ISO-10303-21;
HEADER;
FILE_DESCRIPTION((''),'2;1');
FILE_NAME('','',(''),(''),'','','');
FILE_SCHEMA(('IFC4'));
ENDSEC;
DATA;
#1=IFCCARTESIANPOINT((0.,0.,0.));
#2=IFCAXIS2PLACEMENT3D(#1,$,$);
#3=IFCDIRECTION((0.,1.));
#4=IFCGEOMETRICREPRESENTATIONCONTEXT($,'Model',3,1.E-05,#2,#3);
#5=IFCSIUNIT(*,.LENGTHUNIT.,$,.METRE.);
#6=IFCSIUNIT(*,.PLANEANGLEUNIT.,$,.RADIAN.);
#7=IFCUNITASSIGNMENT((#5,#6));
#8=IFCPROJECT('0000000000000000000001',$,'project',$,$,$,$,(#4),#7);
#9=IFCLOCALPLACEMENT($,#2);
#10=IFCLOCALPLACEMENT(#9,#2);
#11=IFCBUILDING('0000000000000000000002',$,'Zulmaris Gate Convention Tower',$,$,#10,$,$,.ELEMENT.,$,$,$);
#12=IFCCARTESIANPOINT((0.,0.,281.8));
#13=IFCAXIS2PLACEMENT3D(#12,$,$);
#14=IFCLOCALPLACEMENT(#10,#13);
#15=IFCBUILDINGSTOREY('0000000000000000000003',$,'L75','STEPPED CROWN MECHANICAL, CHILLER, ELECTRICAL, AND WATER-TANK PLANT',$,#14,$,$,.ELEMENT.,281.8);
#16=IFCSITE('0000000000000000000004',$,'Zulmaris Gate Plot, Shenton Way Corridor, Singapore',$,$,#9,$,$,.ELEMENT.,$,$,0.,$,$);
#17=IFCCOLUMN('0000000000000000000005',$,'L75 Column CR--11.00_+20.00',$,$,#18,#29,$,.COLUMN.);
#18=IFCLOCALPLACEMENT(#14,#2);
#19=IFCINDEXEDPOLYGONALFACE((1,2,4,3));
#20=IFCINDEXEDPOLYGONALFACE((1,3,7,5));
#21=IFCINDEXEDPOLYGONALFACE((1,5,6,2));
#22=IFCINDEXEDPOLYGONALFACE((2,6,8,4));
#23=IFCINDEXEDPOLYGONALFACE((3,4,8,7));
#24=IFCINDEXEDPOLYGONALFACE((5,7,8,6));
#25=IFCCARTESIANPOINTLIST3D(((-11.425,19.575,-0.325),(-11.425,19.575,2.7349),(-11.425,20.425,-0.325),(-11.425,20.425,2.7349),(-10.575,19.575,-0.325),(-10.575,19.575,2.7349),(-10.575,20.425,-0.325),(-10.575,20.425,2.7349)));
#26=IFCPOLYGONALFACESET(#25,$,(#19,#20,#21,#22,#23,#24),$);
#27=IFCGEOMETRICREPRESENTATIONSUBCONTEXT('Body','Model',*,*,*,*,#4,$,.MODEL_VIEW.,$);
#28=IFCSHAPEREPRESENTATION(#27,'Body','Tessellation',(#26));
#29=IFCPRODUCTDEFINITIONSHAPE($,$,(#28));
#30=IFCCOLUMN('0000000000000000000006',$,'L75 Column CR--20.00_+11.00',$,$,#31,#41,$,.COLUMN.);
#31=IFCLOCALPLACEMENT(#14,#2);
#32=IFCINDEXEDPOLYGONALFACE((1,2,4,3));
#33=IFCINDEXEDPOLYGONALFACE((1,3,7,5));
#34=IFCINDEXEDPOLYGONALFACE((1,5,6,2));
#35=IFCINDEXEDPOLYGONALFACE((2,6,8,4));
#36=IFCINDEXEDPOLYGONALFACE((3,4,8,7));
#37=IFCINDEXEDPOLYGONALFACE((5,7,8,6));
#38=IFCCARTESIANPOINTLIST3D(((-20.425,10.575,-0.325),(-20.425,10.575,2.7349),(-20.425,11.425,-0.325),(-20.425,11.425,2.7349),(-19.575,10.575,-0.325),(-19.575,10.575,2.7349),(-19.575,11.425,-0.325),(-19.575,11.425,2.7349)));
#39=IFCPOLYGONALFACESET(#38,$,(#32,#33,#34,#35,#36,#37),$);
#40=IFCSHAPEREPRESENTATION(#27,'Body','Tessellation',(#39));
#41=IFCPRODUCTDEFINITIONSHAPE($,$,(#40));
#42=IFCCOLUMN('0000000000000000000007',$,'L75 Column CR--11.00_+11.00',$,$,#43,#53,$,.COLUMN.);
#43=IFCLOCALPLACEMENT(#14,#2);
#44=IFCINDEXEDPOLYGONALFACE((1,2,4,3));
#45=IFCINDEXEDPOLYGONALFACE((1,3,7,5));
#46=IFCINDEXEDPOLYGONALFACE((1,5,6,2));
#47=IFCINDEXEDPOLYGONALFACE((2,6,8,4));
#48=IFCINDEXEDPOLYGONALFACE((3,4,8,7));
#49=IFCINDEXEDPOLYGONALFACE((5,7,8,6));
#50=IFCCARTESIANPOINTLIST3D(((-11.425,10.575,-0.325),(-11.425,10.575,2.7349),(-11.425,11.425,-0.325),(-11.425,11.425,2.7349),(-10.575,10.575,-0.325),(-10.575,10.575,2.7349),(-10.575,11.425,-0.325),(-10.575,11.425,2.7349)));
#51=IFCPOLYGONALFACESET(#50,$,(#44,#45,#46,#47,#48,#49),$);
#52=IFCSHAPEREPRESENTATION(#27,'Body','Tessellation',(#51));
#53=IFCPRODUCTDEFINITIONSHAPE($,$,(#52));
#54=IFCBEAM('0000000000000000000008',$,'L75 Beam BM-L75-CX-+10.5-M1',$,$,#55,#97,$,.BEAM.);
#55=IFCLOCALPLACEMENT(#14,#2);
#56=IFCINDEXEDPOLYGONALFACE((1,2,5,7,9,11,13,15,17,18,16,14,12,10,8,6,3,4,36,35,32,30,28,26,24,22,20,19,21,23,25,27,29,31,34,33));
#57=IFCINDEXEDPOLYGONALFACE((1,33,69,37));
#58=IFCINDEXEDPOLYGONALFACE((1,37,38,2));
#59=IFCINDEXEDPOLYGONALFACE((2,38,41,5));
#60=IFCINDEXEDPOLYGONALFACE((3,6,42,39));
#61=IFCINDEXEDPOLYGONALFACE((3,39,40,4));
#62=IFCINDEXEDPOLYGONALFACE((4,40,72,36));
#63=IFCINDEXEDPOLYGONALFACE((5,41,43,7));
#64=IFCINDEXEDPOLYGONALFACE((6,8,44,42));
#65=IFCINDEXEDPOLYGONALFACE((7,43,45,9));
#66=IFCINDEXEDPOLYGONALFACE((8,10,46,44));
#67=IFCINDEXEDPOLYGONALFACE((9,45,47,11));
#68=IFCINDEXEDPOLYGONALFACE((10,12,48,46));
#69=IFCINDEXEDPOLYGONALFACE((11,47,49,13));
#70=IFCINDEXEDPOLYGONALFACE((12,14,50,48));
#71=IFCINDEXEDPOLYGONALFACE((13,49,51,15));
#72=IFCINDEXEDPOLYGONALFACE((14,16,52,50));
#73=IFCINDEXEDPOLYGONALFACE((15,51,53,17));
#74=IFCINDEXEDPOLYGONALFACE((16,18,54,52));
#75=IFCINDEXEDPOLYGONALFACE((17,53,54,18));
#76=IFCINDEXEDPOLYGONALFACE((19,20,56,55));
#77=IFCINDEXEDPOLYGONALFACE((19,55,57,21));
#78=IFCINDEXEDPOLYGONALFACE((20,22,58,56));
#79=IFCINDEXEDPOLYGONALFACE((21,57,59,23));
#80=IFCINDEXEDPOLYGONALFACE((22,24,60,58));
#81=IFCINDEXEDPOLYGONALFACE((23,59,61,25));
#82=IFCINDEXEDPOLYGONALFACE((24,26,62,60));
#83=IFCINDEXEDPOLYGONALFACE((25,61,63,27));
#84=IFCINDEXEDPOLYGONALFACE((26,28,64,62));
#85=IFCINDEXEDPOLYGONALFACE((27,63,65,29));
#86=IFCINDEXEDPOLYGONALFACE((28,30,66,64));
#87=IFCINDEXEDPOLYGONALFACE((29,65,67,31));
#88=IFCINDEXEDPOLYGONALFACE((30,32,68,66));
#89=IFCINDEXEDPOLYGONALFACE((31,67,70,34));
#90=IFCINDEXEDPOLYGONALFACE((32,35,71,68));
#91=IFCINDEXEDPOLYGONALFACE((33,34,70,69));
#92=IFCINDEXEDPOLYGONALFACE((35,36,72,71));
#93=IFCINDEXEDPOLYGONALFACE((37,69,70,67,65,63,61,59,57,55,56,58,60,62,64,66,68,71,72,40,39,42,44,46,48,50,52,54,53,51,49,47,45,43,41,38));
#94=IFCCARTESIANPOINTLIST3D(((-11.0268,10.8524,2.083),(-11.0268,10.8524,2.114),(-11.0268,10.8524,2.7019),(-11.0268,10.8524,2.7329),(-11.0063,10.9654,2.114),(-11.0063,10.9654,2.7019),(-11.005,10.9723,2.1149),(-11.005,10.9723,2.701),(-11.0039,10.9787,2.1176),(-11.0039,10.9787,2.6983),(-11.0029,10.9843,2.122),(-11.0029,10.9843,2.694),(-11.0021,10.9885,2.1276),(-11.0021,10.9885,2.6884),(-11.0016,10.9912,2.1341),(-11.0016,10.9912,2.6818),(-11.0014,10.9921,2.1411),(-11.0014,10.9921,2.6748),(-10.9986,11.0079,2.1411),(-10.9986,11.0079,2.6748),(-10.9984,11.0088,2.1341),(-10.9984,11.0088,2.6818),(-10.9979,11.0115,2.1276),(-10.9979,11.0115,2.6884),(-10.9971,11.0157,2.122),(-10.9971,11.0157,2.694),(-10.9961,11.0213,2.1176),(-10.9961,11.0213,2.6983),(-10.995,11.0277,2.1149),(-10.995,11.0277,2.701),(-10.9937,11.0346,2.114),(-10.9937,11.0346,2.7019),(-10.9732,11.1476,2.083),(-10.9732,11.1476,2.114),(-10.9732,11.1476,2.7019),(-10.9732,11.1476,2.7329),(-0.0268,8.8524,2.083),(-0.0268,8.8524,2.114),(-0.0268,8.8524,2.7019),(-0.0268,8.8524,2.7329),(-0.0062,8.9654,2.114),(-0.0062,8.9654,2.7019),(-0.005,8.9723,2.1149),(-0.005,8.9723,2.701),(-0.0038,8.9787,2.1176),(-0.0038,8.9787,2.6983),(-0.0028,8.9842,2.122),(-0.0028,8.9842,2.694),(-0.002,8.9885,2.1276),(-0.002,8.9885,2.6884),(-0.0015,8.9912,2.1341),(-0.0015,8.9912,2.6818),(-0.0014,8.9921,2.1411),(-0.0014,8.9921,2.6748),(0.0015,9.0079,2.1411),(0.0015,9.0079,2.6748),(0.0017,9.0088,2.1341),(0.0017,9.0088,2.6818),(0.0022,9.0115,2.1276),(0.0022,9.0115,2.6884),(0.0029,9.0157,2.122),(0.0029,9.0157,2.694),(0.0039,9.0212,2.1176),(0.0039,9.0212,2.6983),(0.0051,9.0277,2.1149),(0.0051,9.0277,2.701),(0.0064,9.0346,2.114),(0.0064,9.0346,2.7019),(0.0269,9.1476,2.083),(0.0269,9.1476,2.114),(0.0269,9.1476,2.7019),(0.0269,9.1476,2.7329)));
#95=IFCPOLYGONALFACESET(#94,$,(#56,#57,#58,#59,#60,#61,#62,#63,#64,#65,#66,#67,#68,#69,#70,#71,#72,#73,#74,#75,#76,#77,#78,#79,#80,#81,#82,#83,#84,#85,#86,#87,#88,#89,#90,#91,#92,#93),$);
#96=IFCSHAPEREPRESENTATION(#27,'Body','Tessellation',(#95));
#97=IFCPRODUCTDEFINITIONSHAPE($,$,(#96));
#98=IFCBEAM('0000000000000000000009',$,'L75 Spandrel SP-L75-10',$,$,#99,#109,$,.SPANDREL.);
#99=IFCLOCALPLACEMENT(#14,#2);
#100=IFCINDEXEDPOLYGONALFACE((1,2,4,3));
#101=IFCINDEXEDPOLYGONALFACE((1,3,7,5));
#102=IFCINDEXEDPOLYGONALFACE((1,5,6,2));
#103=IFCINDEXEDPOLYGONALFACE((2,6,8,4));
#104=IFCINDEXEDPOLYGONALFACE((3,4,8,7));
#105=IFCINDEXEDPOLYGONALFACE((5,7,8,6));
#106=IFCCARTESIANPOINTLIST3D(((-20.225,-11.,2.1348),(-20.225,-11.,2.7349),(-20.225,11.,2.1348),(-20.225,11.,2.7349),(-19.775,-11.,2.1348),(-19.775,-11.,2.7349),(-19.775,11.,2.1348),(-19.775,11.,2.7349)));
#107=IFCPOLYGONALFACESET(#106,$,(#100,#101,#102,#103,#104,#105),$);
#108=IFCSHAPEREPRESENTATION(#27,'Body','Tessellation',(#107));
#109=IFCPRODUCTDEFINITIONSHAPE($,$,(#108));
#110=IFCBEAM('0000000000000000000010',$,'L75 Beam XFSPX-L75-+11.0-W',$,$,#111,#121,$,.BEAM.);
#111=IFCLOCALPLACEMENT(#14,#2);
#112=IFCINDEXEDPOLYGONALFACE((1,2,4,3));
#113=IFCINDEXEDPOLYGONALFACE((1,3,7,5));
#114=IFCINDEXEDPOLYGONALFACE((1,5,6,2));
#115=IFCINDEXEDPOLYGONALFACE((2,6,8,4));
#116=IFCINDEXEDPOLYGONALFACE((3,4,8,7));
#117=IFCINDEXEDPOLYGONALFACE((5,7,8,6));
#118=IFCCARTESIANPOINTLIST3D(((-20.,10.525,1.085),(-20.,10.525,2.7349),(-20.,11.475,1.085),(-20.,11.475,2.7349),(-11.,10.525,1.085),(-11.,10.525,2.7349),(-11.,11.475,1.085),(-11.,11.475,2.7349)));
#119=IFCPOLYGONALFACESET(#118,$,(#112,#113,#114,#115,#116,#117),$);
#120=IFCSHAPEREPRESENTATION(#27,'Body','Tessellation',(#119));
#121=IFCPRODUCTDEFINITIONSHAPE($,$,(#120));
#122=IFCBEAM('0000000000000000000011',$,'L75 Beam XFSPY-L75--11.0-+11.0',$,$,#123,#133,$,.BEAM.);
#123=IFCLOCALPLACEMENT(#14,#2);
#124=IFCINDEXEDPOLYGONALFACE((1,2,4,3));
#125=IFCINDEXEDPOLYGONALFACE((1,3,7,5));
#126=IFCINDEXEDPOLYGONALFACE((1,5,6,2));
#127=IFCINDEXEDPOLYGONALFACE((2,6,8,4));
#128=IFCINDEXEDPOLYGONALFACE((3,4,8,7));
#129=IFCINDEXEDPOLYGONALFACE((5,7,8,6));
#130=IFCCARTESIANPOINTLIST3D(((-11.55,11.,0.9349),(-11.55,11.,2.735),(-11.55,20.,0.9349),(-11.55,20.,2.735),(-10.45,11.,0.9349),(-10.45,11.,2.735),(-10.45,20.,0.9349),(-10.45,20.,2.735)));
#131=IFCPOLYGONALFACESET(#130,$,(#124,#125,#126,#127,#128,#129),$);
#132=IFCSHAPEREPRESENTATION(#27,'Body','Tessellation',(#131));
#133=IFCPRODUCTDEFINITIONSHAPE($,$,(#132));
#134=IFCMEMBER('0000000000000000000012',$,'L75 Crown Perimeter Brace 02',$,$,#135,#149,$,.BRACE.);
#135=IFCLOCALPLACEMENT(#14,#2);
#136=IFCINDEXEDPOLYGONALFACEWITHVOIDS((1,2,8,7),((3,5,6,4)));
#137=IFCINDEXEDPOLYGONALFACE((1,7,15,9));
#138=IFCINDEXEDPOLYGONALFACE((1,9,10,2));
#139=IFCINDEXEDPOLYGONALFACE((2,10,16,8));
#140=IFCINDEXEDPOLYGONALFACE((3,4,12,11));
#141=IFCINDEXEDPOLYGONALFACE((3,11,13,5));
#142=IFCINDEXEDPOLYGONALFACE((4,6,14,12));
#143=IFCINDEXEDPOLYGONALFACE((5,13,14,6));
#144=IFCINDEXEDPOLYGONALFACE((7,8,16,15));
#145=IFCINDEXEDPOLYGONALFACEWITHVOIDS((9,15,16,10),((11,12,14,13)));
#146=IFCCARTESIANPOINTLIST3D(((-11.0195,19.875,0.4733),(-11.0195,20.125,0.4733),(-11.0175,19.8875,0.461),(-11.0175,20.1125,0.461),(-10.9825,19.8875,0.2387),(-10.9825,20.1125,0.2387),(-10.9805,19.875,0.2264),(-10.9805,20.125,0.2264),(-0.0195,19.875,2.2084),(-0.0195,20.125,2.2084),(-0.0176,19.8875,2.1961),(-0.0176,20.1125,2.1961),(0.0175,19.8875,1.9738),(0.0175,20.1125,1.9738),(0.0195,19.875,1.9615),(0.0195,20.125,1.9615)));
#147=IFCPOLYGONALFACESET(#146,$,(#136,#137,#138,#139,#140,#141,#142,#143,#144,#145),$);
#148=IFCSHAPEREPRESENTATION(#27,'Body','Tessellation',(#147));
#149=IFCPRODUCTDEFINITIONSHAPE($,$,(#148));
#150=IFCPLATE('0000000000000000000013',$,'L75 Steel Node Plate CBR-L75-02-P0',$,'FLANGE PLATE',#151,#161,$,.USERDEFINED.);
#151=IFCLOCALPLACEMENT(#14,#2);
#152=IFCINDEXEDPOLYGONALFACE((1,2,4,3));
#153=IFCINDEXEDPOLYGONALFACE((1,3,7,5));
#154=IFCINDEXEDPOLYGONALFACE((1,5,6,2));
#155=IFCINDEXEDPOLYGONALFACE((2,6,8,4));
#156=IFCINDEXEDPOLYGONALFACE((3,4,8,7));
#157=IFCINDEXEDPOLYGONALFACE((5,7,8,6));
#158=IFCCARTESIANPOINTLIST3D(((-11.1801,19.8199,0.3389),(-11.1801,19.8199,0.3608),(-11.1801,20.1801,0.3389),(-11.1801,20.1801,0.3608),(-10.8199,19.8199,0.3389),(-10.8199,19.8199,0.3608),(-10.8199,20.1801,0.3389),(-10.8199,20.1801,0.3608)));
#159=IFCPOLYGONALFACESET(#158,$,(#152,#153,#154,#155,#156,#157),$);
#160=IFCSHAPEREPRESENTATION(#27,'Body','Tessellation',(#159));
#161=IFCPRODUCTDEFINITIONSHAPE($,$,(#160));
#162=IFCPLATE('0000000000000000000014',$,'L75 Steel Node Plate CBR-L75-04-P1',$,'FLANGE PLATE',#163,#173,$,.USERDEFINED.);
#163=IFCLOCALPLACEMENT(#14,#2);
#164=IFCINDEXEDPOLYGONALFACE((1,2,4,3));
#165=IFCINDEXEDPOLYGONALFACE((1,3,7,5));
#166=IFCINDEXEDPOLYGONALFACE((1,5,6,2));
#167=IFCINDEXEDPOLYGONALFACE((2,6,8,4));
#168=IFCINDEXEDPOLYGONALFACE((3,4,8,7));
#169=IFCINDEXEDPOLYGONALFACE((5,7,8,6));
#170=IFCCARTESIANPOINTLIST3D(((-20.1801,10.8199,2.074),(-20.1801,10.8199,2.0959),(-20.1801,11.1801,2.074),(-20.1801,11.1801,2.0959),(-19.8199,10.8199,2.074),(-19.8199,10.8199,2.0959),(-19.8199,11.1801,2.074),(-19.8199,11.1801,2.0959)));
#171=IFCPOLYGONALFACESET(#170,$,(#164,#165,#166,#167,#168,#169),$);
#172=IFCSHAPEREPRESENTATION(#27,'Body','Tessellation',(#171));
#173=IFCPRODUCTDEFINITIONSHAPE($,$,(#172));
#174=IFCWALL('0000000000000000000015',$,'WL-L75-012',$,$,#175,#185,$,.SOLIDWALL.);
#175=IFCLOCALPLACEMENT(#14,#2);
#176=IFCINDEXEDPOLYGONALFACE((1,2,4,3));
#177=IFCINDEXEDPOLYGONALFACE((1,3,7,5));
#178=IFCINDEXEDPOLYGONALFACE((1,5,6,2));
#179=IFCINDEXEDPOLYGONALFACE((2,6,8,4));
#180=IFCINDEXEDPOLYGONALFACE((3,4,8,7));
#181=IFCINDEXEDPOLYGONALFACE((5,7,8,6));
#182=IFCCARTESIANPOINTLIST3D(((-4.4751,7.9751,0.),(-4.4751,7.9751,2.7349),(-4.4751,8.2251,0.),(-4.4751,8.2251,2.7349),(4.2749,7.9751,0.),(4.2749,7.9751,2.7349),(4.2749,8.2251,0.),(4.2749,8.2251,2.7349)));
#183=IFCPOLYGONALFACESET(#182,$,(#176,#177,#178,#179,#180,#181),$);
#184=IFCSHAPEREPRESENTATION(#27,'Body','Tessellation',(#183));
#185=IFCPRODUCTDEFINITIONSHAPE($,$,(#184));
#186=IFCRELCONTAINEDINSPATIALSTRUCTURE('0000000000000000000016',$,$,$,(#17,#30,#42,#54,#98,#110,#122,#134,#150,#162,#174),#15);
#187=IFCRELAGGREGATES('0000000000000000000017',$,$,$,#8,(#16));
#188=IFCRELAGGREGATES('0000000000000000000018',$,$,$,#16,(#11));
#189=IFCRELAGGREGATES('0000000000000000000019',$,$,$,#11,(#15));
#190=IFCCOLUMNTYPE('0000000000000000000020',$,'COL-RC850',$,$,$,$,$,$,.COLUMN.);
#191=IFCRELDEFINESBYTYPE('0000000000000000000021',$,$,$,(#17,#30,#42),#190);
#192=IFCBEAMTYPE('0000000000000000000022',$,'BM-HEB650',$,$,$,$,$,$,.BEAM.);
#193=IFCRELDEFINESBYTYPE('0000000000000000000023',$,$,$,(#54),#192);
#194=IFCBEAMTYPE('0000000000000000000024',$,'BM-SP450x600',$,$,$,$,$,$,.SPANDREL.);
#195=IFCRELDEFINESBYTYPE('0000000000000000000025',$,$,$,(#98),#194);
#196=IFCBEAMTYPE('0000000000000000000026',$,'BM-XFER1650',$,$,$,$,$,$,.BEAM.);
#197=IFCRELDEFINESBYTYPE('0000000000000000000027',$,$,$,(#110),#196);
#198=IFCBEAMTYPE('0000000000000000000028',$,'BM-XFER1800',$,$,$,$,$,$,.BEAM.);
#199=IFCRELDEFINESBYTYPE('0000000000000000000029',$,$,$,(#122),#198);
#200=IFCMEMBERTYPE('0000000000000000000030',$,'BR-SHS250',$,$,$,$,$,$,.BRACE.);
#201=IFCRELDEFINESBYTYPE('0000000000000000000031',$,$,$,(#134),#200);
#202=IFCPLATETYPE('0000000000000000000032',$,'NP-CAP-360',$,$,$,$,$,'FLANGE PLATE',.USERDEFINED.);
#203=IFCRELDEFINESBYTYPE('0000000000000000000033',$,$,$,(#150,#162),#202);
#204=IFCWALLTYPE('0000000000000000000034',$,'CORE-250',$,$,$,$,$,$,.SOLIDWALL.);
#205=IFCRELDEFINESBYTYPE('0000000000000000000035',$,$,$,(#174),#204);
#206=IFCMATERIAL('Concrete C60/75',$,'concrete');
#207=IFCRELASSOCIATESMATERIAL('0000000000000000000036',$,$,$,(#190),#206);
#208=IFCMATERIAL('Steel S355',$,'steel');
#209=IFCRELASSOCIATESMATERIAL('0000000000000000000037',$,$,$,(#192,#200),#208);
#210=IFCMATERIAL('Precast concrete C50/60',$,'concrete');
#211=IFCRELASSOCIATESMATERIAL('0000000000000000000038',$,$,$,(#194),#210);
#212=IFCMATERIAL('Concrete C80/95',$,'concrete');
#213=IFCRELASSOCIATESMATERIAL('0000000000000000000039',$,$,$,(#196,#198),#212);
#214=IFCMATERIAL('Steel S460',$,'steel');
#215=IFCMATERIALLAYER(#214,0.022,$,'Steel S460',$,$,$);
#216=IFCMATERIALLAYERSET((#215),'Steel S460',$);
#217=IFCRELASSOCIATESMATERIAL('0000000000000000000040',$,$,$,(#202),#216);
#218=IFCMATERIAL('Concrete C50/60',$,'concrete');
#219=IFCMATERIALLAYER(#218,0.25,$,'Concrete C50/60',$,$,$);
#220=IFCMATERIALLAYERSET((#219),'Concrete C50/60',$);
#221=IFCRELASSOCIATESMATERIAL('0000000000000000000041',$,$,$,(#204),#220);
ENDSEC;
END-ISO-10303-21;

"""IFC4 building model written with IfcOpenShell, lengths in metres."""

from ifc_helpers import new_model, si_unit, direction, frame, frame_2d, origin, origin_2d, place, context, subcontext, project, spatial, rectangle, hollow_rectangle, i_section, extrude, material, layer, layer_set, material_profile, profile_set, type_object, element, save


model = new_model("IFC4")

# Units and contexts
model_context = context("Model", 3, precision=1e-05, world=origin(), true_north=direction((0.0, 1.0)))
body_context = subcontext(model_context, "Body", "Model", "MODEL_VIEW")
ifc_project = project(units=[si_unit("LENGTHUNIT", "METRE"), si_unit("PLANEANGLEUNIT", "RADIAN")], contexts=[model_context])

# Site, building, storey
site_placement = place(None, origin())
site = spatial("IfcSite", under=ifc_project, at=site_placement, Name="Zulmaris Gate Plot, Shenton Way Corridor, Singapore", CompositionType="ELEMENT", RefElevation=0.0)
building_placement = place(site_placement, origin())
building = spatial("IfcBuilding", under=site, at=building_placement, Name="Zulmaris Gate Convention Tower", CompositionType="ELEMENT")
storey_placement = place(building_placement, frame((0.0, 0.0, 281.8)))
storey = spatial("IfcBuildingStorey", under=building, at=storey_placement, Name="L75", Description="STEPPED CROWN MECHANICAL, CHILLER, ELECTRICAL, AND WATER-TANK PLANT", CompositionType="ELEMENT", Elevation=281.8)

# Columns
ifc_material_1 = material(Name="Concrete C60/75", Category="concrete")
ifc_material_profile_1 = material_profile(ifc_material_1, rectangle(XDim=0.8501, YDim=0.8501, at=origin_2d()), Name="RC COL 850x850")
ifc_profile_set_1 = profile_set([ifc_material_profile_1], Name="Concrete C60/75")
column_type = type_object("IfcColumnType", Name="COL-RC850", PredefinedType="COLUMN", material=ifc_profile_set_1)
for number, where, z_axis, x_axis, name in (
    (1, (-11.0, 20.0, -0.325), (0.0, 0.0, 1.0), (1.0, 0.0, 0.0), "L75 Column CR--11.00_+20.00"),
    (2, (-20.0, 11.0, -0.325), (0.0, 0.0, 1.0), (1.0, 0.0, 0.0), "L75 Column CR--20.00_+11.00"),
    (3, (-11.0, 11.0, -0.325), (0.0, 0.0, 1.0), (1.0, 0.0, 0.0), "L75 Column CR--11.00_+11.00"),
):
    element("IfcColumn", number, at=place(storey_placement, frame(where, z_axis=z_axis, x_axis=x_axis)), inside=storey, type_object=column_type, Name=name, PredefinedType="COLUMN", context=body_context, shape_type="SweptSolid", body=[
        extrude(rectangle(XDim=0.8501, YDim=0.8501, at=origin_2d()), origin(), (0.0, 0.0, 1.0), 3.0598),
    ])

# Beams
ifc_material_2 = material(Name="Steel S355", Category="steel")
ifc_material_profile_2 = material_profile(ifc_material_2, i_section(OverallWidth=0.3, OverallDepth=0.6499, WebThickness=0.0161, FlangeThickness=0.031, FilletRadius=0.0271, at=origin_2d()), Name="HEB 650")
ifc_profile_set_2 = profile_set([ifc_material_profile_2], Name="Steel S355")
beam_type_1 = type_object("IfcBeamType", Name="BM-HEB650", PredefinedType="BEAM", material=ifc_profile_set_2)
beam_1_placement = place(storey_placement, frame((-11.0, 11.0, 2.408), z_axis=(0.98387, -0.178885, 0.0), x_axis=(0.178885, 0.98387, 0.0)))
element("IfcBeam", 4, at=beam_1_placement, inside=storey, type_object=beam_type_1, Name="L75 Beam BM-L75-CX-+10.5-M1", PredefinedType="BEAM", context=body_context, shape_type="SweptSolid", body=[
    extrude(i_section(OverallWidth=0.3, OverallDepth=0.6499, WebThickness=0.0161, FlangeThickness=0.031, FilletRadius=0.0271, at=origin_2d()), origin(), (0.0, 0.0, 1.0), 11.1804),
])
ifc_material_3 = material(Name="Precast concrete C50/60", Category="concrete")
ifc_material_profile_3 = material_profile(ifc_material_3, rectangle(XDim=0.45, YDim=0.6001, at=origin_2d()), Name="RC SPANDREL 450x600")
ifc_profile_set_3 = profile_set([ifc_material_profile_3], Name="Precast concrete C50/60")
beam_type_2 = type_object("IfcBeamType", Name="BM-SP450x600", PredefinedType="SPANDREL", material=ifc_profile_set_3)
beam_2_placement = place(storey_placement, frame((-20.0, 11.0, 2.4348), z_axis=(0.0, -1.0, 0.0), x_axis=(1.0, 0.0, 0.0)))
element("IfcBeam", 5, at=beam_2_placement, inside=storey, type_object=beam_type_2, Name="L75 Spandrel SP-L75-10", PredefinedType="SPANDREL", context=body_context, shape_type="SweptSolid", body=[
    extrude(rectangle(XDim=0.45, YDim=0.6001, at=origin_2d()), origin(), (0.0, 0.0, 1.0), 22.0),
])
ifc_material_4 = material(Name="Concrete C80/95", Category="concrete")
ifc_material_profile_4 = material_profile(ifc_material_4, rectangle(XDim=0.95, YDim=1.6499, at=origin_2d()), Name="RC TRANSFER 950x1650")
ifc_profile_set_4 = profile_set([ifc_material_profile_4], Name="Concrete C80/95")
beam_type_3 = type_object("IfcBeamType", Name="BM-XFER1650", PredefinedType="BEAM", material=ifc_profile_set_4)
beam_3_placement = place(storey_placement, frame((-20.0, 11.0, 1.9099), z_axis=(1.0, 0.0, 0.0), x_axis=(0.0, 1.0, 0.0)))
element("IfcBeam", 6, at=beam_3_placement, inside=storey, type_object=beam_type_3, Name="L75 Beam XFSPX-L75-+11.0-W", PredefinedType="BEAM", context=body_context, shape_type="SweptSolid", body=[
    extrude(rectangle(XDim=0.95, YDim=1.6499, at=origin_2d()), origin(), (0.0, 0.0, 1.0), 9.0),
])
ifc_material_profile_5 = material_profile(ifc_material_4, rectangle(XDim=1.1001, YDim=1.8, at=origin_2d()), Name="RC TRANSFER 1100x1800")
ifc_profile_set_5 = profile_set([ifc_material_profile_5], Name="Concrete C80/95")
beam_type_4 = type_object("IfcBeamType", Name="BM-XFER1800", PredefinedType="BEAM", material=ifc_profile_set_5)
beam_4_placement = place(storey_placement, frame((-11.0, 11.0, 1.835), z_axis=(0.0, 1.0, 0.0), x_axis=(-1.0, 0.0, 0.0)))
element("IfcBeam", 7, at=beam_4_placement, inside=storey, type_object=beam_type_4, Name="L75 Beam XFSPY-L75--11.0-+11.0", PredefinedType="BEAM", context=body_context, shape_type="SweptSolid", body=[
    extrude(rectangle(XDim=1.1001, YDim=1.8, at=origin_2d()), origin(), (0.0, 0.0, 1.0), 9.0),
])

# Member
ifc_material_profile_6 = material_profile(ifc_material_2, hollow_rectangle(XDim=0.25, YDim=0.25, WallThickness=0.0125, at=origin_2d()), Name="SHS 250x250x12.5")
ifc_profile_set_6 = profile_set([ifc_material_profile_6], Name="Steel S355")
member_type = type_object("IfcMemberType", Name="BR-SHS250", PredefinedType="BRACE", material=ifc_profile_set_6)
member_placement = place(storey_placement, frame((-11.0, 20.0, 0.3499), z_axis=(0.987787, 0.0, 0.155811), x_axis=(0.0, 1.0, 0.0)))
element("IfcMember", 8, at=member_placement, inside=storey, type_object=member_type, Name="L75 Crown Perimeter Brace 02", PredefinedType="BRACE", context=body_context, shape_type="SweptSolid", body=[
    extrude(hollow_rectangle(XDim=0.25, YDim=0.25, WallThickness=0.0125, at=origin_2d()), origin(), (0.0, 0.0, 1.0), 11.136),
])

# Plates
ifc_material_5 = material(Name="Steel S460", Category="steel")
ifc_layer_1 = layer(ifc_material_5, 0.022, Name="Steel S460")
ifc_layer_set_1 = layer_set([ifc_layer_1], Name="Steel S460")
plate_type = type_object("IfcPlateType", Name="NP-CAP-360", ElementType="FLANGE PLATE", PredefinedType="USERDEFINED", material=ifc_layer_set_1)
for number, where, z_axis, x_axis, name in (
    (9, (-11.0, 20.0, 0.3389), (0.0, 0.0, 1.0), (1.0, 0.0, 0.0), "L75 Steel Node Plate CBR-L75-02-P0"),
    (10, (-20.0, 11.0, 2.074), (0.0, 0.0, 1.0), (1.0, 0.0, 0.0), "L75 Steel Node Plate CBR-L75-04-P1"),
):
    element("IfcPlate", number, at=place(storey_placement, frame(where, z_axis=z_axis, x_axis=x_axis)), inside=storey, type_object=plate_type, Name=name, ObjectType="FLANGE PLATE", PredefinedType="USERDEFINED", context=body_context, shape_type="SweptSolid", body=[
        extrude(rectangle(XDim=0.3601, YDim=0.3601, at=origin_2d()), origin(), (0.0, 0.0, 1.0), 0.022),
    ])

# Wall
ifc_material_6 = material(Name="Concrete C50/60", Category="concrete")
ifc_layer_2 = layer(ifc_material_6, 0.25, Name="Concrete C50/60")
ifc_layer_set_2 = layer_set([ifc_layer_2], Name="Concrete C50/60")
wall_type_1 = type_object("IfcWallType", Name="CORE-250", PredefinedType="SOLIDWALL", material=ifc_layer_set_2)
wall_1_placement = place(storey_placement, frame((-4.4751, 8.1001, 0.0), z_axis=(0.0, 0.0, 1.0), x_axis=(1.0, 0.0, 0.0)))
element("IfcWall", 11, at=wall_1_placement, inside=storey, type_object=wall_type_1, Name="WL-L75-012", PredefinedType="SOLIDWALL", context=body_context, shape_type="SweptSolid", body=[
    extrude(rectangle(XDim=8.75, YDim=0.25, at=frame_2d((4.375, 0.0))), origin(), (0.0, 0.0, 1.0), 2.7349),
])

save(model, "model.ifc")
